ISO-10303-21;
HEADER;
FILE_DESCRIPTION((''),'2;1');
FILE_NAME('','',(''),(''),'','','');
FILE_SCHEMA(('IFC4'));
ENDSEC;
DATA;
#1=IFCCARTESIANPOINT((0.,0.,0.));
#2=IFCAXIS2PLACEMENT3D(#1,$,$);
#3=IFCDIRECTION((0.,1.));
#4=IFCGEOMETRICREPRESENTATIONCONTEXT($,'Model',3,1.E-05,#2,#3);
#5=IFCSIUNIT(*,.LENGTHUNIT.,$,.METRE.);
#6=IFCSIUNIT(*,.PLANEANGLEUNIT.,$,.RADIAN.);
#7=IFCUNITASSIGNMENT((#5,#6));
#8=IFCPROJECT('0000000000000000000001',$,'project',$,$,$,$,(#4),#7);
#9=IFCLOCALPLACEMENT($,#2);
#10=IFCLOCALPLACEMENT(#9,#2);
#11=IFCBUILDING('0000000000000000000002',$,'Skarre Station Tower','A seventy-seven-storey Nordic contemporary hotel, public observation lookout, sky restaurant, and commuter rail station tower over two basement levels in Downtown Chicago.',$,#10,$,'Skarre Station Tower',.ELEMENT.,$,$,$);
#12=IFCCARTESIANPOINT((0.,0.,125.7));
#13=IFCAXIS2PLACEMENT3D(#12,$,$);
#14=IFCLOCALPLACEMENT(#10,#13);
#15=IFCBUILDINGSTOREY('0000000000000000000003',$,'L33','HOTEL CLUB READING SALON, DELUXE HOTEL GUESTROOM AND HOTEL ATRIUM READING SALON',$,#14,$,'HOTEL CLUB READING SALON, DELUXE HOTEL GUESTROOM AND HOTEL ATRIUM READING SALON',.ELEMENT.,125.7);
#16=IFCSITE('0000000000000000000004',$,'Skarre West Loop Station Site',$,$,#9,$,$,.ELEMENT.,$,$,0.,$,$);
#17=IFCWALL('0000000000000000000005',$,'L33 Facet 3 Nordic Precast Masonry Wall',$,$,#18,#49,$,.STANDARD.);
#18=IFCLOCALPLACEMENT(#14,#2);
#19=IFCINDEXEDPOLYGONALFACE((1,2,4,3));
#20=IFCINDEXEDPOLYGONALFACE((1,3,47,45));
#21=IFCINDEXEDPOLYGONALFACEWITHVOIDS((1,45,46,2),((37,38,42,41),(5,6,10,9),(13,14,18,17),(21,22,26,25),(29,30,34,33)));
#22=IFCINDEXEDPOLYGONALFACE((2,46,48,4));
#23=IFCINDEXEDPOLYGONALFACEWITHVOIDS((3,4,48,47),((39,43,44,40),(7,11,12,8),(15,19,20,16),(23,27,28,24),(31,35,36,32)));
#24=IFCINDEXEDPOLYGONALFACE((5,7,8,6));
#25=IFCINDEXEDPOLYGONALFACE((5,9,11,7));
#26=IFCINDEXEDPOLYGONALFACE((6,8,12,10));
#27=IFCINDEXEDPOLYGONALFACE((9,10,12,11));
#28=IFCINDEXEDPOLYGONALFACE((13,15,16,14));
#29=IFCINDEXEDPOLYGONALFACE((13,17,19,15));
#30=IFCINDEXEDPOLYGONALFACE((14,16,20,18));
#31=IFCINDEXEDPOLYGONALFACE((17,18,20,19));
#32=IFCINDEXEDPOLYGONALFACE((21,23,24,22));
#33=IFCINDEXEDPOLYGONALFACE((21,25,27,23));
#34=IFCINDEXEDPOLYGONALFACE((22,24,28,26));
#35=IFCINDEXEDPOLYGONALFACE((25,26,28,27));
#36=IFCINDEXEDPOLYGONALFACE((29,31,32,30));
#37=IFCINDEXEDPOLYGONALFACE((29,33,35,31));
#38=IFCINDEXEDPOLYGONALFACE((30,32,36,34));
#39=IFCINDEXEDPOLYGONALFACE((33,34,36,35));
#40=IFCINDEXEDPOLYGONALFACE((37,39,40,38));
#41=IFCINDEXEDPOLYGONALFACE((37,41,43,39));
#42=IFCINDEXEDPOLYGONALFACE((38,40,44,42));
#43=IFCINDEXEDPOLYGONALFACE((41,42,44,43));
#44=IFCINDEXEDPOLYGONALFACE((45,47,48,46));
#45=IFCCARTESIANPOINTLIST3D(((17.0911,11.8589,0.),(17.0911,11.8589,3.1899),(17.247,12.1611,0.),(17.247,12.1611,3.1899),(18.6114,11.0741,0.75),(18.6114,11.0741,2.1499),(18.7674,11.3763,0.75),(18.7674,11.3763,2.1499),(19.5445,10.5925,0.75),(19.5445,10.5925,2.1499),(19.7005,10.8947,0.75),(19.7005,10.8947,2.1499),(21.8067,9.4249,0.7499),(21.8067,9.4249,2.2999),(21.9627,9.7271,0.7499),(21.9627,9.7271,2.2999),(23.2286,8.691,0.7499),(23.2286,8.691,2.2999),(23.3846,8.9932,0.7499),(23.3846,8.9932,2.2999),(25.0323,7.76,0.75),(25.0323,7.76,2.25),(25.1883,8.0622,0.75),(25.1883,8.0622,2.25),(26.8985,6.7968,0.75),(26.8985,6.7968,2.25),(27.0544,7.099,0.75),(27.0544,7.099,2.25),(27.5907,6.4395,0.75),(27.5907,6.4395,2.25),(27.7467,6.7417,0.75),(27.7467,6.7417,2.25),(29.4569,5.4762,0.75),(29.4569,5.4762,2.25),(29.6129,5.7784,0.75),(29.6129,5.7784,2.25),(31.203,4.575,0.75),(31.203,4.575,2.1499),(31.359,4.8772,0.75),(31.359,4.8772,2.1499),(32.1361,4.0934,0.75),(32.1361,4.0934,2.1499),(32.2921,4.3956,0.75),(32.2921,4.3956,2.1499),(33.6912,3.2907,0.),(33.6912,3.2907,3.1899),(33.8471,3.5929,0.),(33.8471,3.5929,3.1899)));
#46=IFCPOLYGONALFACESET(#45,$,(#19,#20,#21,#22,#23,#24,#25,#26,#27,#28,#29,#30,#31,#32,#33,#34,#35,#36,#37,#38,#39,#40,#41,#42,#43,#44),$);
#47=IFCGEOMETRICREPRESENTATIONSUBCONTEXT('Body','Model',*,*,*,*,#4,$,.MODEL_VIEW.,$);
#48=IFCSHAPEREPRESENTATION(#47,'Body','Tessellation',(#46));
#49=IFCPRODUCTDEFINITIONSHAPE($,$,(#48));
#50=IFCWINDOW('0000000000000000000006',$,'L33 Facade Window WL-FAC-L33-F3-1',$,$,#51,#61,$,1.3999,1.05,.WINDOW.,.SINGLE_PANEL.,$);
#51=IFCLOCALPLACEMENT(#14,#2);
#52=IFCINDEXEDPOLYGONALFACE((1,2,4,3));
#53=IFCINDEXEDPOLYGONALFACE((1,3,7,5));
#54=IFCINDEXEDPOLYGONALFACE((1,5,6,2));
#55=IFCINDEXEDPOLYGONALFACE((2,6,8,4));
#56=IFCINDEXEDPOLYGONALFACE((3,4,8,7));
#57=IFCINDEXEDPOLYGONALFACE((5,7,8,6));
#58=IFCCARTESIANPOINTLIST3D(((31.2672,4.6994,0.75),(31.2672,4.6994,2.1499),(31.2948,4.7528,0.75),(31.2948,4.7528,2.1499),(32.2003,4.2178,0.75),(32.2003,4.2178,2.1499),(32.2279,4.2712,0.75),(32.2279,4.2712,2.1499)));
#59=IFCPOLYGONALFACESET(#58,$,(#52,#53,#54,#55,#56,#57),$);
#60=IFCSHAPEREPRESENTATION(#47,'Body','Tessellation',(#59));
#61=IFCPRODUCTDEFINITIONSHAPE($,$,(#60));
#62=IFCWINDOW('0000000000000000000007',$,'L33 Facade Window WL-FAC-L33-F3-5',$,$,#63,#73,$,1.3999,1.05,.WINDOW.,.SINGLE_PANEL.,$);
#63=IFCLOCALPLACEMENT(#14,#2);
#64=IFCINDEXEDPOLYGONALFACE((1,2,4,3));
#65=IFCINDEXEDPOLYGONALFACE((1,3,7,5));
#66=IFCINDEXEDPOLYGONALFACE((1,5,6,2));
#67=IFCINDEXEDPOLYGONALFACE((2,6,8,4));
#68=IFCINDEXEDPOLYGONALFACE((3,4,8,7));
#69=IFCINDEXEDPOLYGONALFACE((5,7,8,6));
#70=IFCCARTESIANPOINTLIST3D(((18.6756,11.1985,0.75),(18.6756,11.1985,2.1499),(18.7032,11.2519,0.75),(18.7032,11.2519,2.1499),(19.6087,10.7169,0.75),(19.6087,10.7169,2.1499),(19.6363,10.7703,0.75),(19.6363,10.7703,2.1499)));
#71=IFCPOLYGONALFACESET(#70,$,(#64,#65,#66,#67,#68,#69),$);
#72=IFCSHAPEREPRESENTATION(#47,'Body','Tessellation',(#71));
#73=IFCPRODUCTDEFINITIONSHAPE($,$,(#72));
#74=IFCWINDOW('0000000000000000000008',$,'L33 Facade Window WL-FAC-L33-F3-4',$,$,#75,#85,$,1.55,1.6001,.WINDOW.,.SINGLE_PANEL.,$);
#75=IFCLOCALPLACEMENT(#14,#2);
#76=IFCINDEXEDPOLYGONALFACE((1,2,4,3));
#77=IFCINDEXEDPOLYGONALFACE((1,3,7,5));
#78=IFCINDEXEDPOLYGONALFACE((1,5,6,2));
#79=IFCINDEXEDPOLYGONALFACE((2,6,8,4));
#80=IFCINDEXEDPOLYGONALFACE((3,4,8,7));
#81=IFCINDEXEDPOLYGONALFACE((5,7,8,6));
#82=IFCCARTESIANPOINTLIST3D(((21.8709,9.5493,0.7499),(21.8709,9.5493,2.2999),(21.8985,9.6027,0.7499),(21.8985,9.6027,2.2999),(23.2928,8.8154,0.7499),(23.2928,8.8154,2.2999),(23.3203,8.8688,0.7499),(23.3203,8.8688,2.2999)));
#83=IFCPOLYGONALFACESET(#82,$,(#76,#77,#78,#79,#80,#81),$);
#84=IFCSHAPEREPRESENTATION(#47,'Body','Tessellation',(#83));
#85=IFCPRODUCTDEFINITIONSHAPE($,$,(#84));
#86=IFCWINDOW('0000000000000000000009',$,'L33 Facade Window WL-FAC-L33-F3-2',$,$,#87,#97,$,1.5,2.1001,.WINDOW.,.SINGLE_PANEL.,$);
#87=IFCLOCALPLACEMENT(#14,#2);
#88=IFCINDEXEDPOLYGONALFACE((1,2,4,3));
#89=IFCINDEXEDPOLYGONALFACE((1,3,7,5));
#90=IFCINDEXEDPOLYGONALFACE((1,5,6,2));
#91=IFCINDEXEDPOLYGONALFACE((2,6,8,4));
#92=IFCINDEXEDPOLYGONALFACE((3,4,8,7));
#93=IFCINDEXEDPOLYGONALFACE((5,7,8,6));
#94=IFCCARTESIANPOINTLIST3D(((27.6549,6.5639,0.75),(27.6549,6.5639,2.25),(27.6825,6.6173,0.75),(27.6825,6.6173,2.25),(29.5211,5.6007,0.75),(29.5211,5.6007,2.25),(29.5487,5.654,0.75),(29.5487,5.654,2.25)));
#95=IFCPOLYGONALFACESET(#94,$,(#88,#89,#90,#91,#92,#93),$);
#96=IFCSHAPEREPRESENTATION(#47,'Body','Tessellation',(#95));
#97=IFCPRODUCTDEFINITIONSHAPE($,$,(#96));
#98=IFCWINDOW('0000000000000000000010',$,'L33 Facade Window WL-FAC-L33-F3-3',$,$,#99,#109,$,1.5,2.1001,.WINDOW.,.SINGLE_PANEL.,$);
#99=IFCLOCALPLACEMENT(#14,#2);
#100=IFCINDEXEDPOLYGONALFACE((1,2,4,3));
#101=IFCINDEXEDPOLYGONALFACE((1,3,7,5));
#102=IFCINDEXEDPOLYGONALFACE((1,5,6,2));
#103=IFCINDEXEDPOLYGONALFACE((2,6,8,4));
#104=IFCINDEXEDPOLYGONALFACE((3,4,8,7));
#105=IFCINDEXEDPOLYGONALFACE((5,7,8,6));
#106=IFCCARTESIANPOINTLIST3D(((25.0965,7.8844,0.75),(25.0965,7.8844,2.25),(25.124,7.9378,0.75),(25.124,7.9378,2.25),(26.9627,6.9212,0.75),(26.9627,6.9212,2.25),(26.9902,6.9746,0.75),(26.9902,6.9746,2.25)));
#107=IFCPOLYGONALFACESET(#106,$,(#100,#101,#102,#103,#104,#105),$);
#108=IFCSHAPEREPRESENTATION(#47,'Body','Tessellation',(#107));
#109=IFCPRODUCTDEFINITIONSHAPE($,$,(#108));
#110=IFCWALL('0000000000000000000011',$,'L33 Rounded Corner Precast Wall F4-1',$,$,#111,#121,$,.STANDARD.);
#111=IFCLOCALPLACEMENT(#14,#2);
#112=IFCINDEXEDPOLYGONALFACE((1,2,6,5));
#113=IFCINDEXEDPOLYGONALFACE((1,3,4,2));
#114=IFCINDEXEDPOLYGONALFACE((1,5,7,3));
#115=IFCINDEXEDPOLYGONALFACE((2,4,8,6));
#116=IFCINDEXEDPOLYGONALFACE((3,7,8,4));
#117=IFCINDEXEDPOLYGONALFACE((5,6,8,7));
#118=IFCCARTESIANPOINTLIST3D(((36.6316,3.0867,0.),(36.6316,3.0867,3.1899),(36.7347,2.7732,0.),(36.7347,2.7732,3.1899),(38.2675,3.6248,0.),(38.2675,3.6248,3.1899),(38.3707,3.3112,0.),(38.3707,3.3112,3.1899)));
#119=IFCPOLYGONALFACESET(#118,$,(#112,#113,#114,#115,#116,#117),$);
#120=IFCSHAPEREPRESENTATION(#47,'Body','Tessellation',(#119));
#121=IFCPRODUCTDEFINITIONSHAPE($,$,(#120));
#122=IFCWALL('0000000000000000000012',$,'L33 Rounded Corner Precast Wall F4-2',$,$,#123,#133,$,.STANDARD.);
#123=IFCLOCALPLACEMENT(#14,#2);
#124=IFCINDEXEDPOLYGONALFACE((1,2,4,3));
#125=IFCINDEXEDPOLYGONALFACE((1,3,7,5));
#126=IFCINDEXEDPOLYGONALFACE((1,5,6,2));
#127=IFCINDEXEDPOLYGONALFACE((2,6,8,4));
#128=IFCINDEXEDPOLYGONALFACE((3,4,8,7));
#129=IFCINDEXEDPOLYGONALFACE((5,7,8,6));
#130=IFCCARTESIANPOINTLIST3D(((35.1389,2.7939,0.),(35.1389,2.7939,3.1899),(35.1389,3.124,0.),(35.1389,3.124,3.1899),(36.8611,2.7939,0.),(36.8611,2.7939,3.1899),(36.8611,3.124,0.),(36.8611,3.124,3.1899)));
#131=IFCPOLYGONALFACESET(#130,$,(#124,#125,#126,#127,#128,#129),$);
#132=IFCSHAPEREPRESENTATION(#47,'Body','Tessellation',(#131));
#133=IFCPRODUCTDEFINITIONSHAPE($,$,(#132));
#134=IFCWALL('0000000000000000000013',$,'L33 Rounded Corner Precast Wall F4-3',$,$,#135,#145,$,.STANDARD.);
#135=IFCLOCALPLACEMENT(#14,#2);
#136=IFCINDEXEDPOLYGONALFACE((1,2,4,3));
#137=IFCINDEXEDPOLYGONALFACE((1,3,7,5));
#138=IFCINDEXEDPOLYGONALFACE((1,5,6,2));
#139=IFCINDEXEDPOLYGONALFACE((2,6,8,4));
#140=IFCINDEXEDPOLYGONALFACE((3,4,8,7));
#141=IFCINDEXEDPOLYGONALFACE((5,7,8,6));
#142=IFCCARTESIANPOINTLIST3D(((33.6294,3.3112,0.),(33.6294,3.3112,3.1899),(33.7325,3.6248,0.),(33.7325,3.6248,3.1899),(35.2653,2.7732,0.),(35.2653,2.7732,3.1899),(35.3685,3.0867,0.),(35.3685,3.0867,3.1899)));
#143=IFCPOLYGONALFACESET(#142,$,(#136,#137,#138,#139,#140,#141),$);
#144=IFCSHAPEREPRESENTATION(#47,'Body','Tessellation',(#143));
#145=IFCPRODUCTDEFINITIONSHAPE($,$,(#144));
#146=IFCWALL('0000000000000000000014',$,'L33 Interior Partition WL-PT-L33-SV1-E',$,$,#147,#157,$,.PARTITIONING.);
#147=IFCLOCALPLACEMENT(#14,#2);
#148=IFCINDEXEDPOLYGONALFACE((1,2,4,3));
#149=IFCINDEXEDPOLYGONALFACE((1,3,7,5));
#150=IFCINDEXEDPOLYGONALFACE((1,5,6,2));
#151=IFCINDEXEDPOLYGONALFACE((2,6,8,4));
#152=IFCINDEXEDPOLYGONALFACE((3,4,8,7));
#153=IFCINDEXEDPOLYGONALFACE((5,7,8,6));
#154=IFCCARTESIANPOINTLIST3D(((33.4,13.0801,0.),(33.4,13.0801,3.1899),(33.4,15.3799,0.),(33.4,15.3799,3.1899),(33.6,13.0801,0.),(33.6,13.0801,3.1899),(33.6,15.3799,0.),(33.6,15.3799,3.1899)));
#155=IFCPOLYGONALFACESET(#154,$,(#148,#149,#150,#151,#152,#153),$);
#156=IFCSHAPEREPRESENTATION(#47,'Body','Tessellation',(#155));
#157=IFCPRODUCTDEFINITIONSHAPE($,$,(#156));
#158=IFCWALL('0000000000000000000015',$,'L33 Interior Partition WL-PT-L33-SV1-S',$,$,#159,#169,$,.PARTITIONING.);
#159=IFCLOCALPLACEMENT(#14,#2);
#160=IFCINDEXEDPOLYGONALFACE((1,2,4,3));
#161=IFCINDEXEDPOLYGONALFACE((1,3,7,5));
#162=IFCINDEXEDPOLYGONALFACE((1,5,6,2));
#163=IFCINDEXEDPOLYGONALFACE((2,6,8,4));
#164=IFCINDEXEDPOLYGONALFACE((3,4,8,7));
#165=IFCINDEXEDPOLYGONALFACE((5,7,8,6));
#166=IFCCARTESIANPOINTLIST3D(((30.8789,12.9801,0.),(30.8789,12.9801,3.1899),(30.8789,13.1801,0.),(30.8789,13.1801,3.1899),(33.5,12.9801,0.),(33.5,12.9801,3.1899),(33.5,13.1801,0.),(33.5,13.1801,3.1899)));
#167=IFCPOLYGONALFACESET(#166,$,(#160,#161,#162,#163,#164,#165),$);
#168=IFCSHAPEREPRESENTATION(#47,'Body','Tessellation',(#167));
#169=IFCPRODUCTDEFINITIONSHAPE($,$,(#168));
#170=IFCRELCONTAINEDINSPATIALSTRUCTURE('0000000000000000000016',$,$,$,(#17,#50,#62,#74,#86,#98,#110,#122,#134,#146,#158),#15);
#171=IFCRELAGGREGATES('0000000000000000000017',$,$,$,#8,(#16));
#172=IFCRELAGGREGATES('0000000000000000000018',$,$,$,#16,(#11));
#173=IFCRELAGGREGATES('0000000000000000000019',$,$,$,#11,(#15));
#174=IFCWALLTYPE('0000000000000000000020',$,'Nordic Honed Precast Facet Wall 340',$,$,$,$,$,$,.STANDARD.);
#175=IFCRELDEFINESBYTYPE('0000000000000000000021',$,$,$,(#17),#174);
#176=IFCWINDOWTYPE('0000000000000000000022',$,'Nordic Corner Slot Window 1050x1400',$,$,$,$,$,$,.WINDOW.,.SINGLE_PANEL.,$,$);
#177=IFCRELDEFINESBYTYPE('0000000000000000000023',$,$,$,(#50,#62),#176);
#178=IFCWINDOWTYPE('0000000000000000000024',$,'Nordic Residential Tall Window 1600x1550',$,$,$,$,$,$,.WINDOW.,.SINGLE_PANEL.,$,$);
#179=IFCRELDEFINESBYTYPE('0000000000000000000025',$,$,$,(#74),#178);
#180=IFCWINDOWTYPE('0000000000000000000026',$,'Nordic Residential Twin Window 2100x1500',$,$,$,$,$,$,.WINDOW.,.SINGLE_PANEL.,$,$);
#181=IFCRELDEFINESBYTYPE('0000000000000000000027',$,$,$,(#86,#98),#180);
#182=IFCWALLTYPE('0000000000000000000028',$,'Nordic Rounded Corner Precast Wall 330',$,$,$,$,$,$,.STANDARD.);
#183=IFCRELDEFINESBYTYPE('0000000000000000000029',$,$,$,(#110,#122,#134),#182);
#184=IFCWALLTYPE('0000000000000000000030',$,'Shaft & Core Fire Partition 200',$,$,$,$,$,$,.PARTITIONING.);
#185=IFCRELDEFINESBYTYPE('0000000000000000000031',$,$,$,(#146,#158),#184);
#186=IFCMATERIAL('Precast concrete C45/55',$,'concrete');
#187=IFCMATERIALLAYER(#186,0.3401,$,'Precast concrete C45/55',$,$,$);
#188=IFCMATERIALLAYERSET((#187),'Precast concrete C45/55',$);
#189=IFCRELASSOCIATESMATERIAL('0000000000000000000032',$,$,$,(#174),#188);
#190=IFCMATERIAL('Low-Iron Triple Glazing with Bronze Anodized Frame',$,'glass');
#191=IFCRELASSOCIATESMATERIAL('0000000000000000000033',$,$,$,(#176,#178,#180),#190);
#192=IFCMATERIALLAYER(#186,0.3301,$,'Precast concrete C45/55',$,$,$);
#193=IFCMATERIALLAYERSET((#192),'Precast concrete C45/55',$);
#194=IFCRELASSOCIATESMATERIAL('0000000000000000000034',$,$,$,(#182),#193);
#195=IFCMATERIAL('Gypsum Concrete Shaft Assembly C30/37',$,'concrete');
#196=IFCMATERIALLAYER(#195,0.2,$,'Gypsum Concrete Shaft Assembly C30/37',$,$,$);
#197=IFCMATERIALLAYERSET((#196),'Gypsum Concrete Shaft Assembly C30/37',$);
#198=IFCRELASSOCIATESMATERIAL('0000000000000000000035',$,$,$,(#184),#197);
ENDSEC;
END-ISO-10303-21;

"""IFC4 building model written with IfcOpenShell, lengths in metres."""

from ifc_helpers import new_model, si_unit, direction, frame, frame_2d, origin, place, context, subcontext, project, spatial, rectangle, extrude, material, layer, layer_set, type_object, element, fill, save


model = new_model("IFC4")

# Units and contexts
model_context = context("Model", 3, precision=1e-05, world=origin(), true_north=direction((0.0, 1.0)))
body_context = subcontext(model_context, "Body", "Model", "MODEL_VIEW")
ifc_project = project(units=[si_unit("LENGTHUNIT", "METRE"), si_unit("PLANEANGLEUNIT", "RADIAN")], contexts=[model_context])

# Site, building, storey
site_placement = place(None, origin())
site = spatial("IfcSite", under=ifc_project, at=site_placement, Name="Skarre West Loop Station Site", CompositionType="ELEMENT", RefElevation=0.0)
building_placement = place(site_placement, origin())
building = spatial("IfcBuilding", under=site, at=building_placement, Name="Skarre Station Tower", Description="A seventy-seven-storey Nordic contemporary hotel, public observation lookout, sky restaurant, and commuter rail station tower over two basement levels in Downtown Chicago.", LongName="Skarre Station Tower", CompositionType="ELEMENT")
storey_placement = place(building_placement, frame((0.0, 0.0, 125.7)))
storey = spatial("IfcBuildingStorey", under=building, at=storey_placement, Name="L33", Description="HOTEL CLUB READING SALON, DELUXE HOTEL GUESTROOM AND HOTEL ATRIUM READING SALON", LongName="HOTEL CLUB READING SALON, DELUXE HOTEL GUESTROOM AND HOTEL ATRIUM READING SALON", CompositionType="ELEMENT", Elevation=125.7)

# Wall, openings, windows
ifc_material_1 = material(Name="Precast concrete C45/55", Category="concrete")
ifc_layer_1 = layer(ifc_material_1, 0.3401, Name="Precast concrete C45/55")
ifc_layer_set_1 = layer_set([ifc_layer_1], Name="Precast concrete C45/55")
wall_type_1 = type_object("IfcWallType", Name="Nordic Honed Precast Facet Wall 340", PredefinedType="STANDARD", material=ifc_layer_set_1)
wall_1_placement = place(storey_placement, frame((33.769, 3.4419, 0.0), z_axis=(0.0, 0.0, 1.0), x_axis=(-0.888614, 0.458657, 0.0)))
wall_1 = element("IfcWall", 1, at=wall_1_placement, inside=storey, type_object=wall_type_1, Name="L33 Facet 3 Nordic Precast Masonry Wall", PredefinedType="STANDARD", context=body_context, shape_type="SweptSolid", body=[
    extrude(rectangle(XDim=18.6809, YDim=0.3401, at=frame_2d((9.3403, 0.0))), origin(), (0.0, 0.0, 1.0), 3.1899),
])
opening_1_placement = place(wall_1_placement, frame((1.75, 0.0, 0.75)))
opening_1 = element("IfcOpeningElement", 2, at=opening_1_placement, cuts=wall_1, PredefinedType="OPENING", context=body_context, shape_type="SweptSolid", body=[
    extrude(rectangle(XDim=1.05, YDim=1.3999, at=frame_2d((0.5249, 0.7))), frame((0.0, 0.1799, 0.0), z_axis=(0.0, -1.0, 0.0), x_axis=(1.0, 0.0, 0.0)), (0.0, 0.0, 1.0), 0.3601),
])
opening_2_placement = place(wall_1_placement, frame((4.7649, 0.0, 0.75)))
opening_2 = element("IfcOpeningElement", 3, at=opening_2_placement, cuts=wall_1, PredefinedType="OPENING", context=body_context, shape_type="SweptSolid", body=[
    extrude(rectangle(XDim=2.1001, YDim=1.5, at=frame_2d((1.05, 0.75))), frame((0.0, 0.1799, 0.0), z_axis=(0.0, -1.0, 0.0), x_axis=(1.0, 0.0, 0.0)), (0.0, 0.0, 1.0), 0.3601),
])
opening_3_placement = place(wall_1_placement, frame((7.644, 0.0, 0.75)))
opening_3 = element("IfcOpeningElement", 4, at=opening_3_placement, cuts=wall_1, PredefinedType="OPENING", context=body_context, shape_type="SweptSolid", body=[
    extrude(rectangle(XDim=2.1001, YDim=1.5, at=frame_2d((1.05, 0.75))), frame((0.0, 0.1799, 0.0), z_axis=(0.0, -1.0, 0.0), x_axis=(1.0, 0.0, 0.0)), (0.0, 0.0, 1.0), 0.3601),
])
opening_4_placement = place(wall_1_placement, frame((11.7739, 0.0, 0.75)))
opening_4 = element("IfcOpeningElement", 5, at=opening_4_placement, cuts=wall_1, PredefinedType="OPENING", context=body_context, shape_type="SweptSolid", body=[
    extrude(rectangle(XDim=1.6001, YDim=1.55, at=frame_2d((0.8, 0.7749))), frame((0.0, 0.1799, 0.0), z_axis=(0.0, -1.0, 0.0), x_axis=(1.0, 0.0, 0.0)), (0.0, 0.0, 1.0), 0.3601),
])
opening_5_placement = place(wall_1_placement, frame((15.9199, 0.0, 0.75)))
opening_5 = element("IfcOpeningElement", 6, at=opening_5_placement, cuts=wall_1, PredefinedType="OPENING", context=body_context, shape_type="SweptSolid", body=[
    extrude(rectangle(XDim=1.05, YDim=1.3999, at=frame_2d((0.5249, 0.7))), frame((0.0, 0.1799, 0.0), z_axis=(0.0, -1.0, 0.0), x_axis=(1.0, 0.0, 0.0)), (0.0, 0.0, 1.0), 0.3601),
])
ifc_material_2 = material(Name="Low-Iron Triple Glazing with Bronze Anodized Frame", Category="glass")
window_type_1 = type_object("IfcWindowType", Name="Nordic Corner Slot Window 1050x1400", PartitioningType="SINGLE_PANEL", PredefinedType="WINDOW", material=ifc_material_2)
window_1_placement = place(opening_1_placement, origin())
window_1 = element("IfcWindow", 7, at=window_1_placement, inside=storey, type_object=window_type_1, Name="L33 Facade Window WL-FAC-L33-F3-1", OverallHeight=1.3999, OverallWidth=1.05, PartitioningType="SINGLE_PANEL", PredefinedType="WINDOW", context=body_context, shape_type="SweptSolid", body=[
    extrude(rectangle(XDim=1.05, YDim=1.3999, at=frame_2d((0.5249, 0.7))), frame((0.0, 0.03, 0.0), z_axis=(0.0, -1.0, 0.0), x_axis=(1.0, 0.0, 0.0)), (0.0, 0.0, 1.0), 0.0601),
])
fill(opening_1, window_1)
window_2_placement = place(opening_5_placement, origin())
window_2 = element("IfcWindow", 8, at=window_2_placement, inside=storey, type_object=window_type_1, Name="L33 Facade Window WL-FAC-L33-F3-5", OverallHeight=1.3999, OverallWidth=1.05, PartitioningType="SINGLE_PANEL", PredefinedType="WINDOW", context=body_context, shape_type="SweptSolid", body=[
    extrude(rectangle(XDim=1.05, YDim=1.3999, at=frame_2d((0.5249, 0.7))), frame((0.0, 0.03, 0.0), z_axis=(0.0, -1.0, 0.0), x_axis=(1.0, 0.0, 0.0)), (0.0, 0.0, 1.0), 0.0601),
])
fill(opening_5, window_2)
window_type_2 = type_object("IfcWindowType", Name="Nordic Residential Tall Window 1600x1550", PartitioningType="SINGLE_PANEL", PredefinedType="WINDOW", material=ifc_material_2)
window_3_placement = place(opening_4_placement, origin())
window_3 = element("IfcWindow", 9, at=window_3_placement, inside=storey, type_object=window_type_2, Name="L33 Facade Window WL-FAC-L33-F3-4", OverallHeight=1.55, OverallWidth=1.6001, PartitioningType="SINGLE_PANEL", PredefinedType="WINDOW", context=body_context, shape_type="SweptSolid", body=[
    extrude(rectangle(XDim=1.6001, YDim=1.55, at=frame_2d((0.8, 0.7749))), frame((0.0, 0.03, 0.0), z_axis=(0.0, -1.0, 0.0), x_axis=(1.0, 0.0, 0.0)), (0.0, 0.0, 1.0), 0.0601),
])
fill(opening_4, window_3)
window_type_3 = type_object("IfcWindowType", Name="Nordic Residential Twin Window 2100x1500", PartitioningType="SINGLE_PANEL", PredefinedType="WINDOW", material=ifc_material_2)
window_4_placement = place(opening_2_placement, origin())
window_4 = element("IfcWindow", 10, at=window_4_placement, inside=storey, type_object=window_type_3, Name="L33 Facade Window WL-FAC-L33-F3-2", OverallHeight=1.5, OverallWidth=2.1001, PartitioningType="SINGLE_PANEL", PredefinedType="WINDOW", context=body_context, shape_type="SweptSolid", body=[
    extrude(rectangle(XDim=2.1001, YDim=1.5, at=frame_2d((1.05, 0.75))), frame((0.0, 0.03, 0.0), z_axis=(0.0, -1.0, 0.0), x_axis=(1.0, 0.0, 0.0)), (0.0, 0.0, 1.0), 0.0601),
])
fill(opening_2, window_4)
window_5_placement = place(opening_3_placement, origin())
window_5 = element("IfcWindow", 11, at=window_5_placement, inside=storey, type_object=window_type_3, Name="L33 Facade Window WL-FAC-L33-F3-3", OverallHeight=1.5, OverallWidth=2.1001, PartitioningType="SINGLE_PANEL", PredefinedType="WINDOW", context=body_context, shape_type="SweptSolid", body=[
    extrude(rectangle(XDim=2.1001, YDim=1.5, at=frame_2d((1.05, 0.75))), frame((0.0, 0.03, 0.0), z_axis=(0.0, -1.0, 0.0), x_axis=(1.0, 0.0, 0.0)), (0.0, 0.0, 1.0), 0.0601),
])
fill(opening_3, window_5)

# Walls
ifc_layer_2 = layer(ifc_material_1, 0.3301, Name="Precast concrete C45/55")
ifc_layer_set_2 = layer_set([ifc_layer_2], Name="Precast concrete C45/55")
wall_type_2 = type_object("IfcWallType", Name="Nordic Rounded Corner Precast Wall 330", PredefinedType="STANDARD", material=ifc_layer_set_2)
for number, where, z_axis, x_axis, name in (
    (12, (38.3191, 3.468, 0.0), (0.0, 0.0, 1.0), (-0.949937, -0.31244, 0.0), "L33 Rounded Corner Precast Wall F4-1"),
    (13, (36.8611, 2.959, 0.0), (0.0, 0.0, 1.0), (-1.0, 0.0, 0.0), "L33 Rounded Corner Precast Wall F4-2"),
    (14, (35.3169, 2.9299, 0.0), (0.0, 0.0, 1.0), (-0.949937, 0.31244, 0.0), "L33 Rounded Corner Precast Wall F4-3"),
):
    element("IfcWall", number, at=place(storey_placement, frame(where, z_axis=z_axis, x_axis=x_axis)), inside=storey, type_object=wall_type_2, Name=name, PredefinedType="STANDARD", context=body_context, shape_type="SweptSolid", body=[
        extrude(rectangle(XDim=1.7222, YDim=0.3301, at=frame_2d((0.8611, 0.0))), origin(), (0.0, 0.0, 1.0), 3.1899),
    ])
ifc_material_3 = material(Name="Gypsum Concrete Shaft Assembly C30/37", Category="concrete")
ifc_layer_3 = layer(ifc_material_3, 0.2, Name="Gypsum Concrete Shaft Assembly C30/37")
ifc_layer_set_3 = layer_set([ifc_layer_3], Name="Gypsum Concrete Shaft Assembly C30/37")
wall_type_3 = type_object("IfcWallType", Name="Shaft & Core Fire Partition 200", PredefinedType="PARTITIONING", material=ifc_layer_set_3)
wall_2_placement = place(storey_placement, frame((33.5, 13.0801, 0.0), z_axis=(0.0, 0.0, 1.0), x_axis=(0.0, 1.0, 0.0)))
element("IfcWall", 15, at=wall_2_placement, inside=storey, type_object=wall_type_3, Name="L33 Interior Partition WL-PT-L33-SV1-E", PredefinedType="PARTITIONING", context=body_context, shape_type="SweptSolid", body=[
    extrude(rectangle(XDim=2.2998, YDim=0.2, at=frame_2d((1.1499, 0.0))), origin(), (0.0, 0.0, 1.0), 3.1899),
])
wall_3_placement = place(storey_placement, frame((30.8789, 13.0801, 0.0), z_axis=(0.0, 0.0, 1.0), x_axis=(1.0, 0.0, 0.0)))
element("IfcWall", 16, at=wall_3_placement, inside=storey, type_object=wall_type_3, Name="L33 Interior Partition WL-PT-L33-SV1-S", PredefinedType="PARTITIONING", context=body_context, shape_type="SweptSolid", body=[
    extrude(rectangle(XDim=2.6211, YDim=0.2, at=frame_2d((1.3105, 0.0))), origin(), (0.0, 0.0, 1.0), 3.1899),
])

save(model, "model.ifc")
